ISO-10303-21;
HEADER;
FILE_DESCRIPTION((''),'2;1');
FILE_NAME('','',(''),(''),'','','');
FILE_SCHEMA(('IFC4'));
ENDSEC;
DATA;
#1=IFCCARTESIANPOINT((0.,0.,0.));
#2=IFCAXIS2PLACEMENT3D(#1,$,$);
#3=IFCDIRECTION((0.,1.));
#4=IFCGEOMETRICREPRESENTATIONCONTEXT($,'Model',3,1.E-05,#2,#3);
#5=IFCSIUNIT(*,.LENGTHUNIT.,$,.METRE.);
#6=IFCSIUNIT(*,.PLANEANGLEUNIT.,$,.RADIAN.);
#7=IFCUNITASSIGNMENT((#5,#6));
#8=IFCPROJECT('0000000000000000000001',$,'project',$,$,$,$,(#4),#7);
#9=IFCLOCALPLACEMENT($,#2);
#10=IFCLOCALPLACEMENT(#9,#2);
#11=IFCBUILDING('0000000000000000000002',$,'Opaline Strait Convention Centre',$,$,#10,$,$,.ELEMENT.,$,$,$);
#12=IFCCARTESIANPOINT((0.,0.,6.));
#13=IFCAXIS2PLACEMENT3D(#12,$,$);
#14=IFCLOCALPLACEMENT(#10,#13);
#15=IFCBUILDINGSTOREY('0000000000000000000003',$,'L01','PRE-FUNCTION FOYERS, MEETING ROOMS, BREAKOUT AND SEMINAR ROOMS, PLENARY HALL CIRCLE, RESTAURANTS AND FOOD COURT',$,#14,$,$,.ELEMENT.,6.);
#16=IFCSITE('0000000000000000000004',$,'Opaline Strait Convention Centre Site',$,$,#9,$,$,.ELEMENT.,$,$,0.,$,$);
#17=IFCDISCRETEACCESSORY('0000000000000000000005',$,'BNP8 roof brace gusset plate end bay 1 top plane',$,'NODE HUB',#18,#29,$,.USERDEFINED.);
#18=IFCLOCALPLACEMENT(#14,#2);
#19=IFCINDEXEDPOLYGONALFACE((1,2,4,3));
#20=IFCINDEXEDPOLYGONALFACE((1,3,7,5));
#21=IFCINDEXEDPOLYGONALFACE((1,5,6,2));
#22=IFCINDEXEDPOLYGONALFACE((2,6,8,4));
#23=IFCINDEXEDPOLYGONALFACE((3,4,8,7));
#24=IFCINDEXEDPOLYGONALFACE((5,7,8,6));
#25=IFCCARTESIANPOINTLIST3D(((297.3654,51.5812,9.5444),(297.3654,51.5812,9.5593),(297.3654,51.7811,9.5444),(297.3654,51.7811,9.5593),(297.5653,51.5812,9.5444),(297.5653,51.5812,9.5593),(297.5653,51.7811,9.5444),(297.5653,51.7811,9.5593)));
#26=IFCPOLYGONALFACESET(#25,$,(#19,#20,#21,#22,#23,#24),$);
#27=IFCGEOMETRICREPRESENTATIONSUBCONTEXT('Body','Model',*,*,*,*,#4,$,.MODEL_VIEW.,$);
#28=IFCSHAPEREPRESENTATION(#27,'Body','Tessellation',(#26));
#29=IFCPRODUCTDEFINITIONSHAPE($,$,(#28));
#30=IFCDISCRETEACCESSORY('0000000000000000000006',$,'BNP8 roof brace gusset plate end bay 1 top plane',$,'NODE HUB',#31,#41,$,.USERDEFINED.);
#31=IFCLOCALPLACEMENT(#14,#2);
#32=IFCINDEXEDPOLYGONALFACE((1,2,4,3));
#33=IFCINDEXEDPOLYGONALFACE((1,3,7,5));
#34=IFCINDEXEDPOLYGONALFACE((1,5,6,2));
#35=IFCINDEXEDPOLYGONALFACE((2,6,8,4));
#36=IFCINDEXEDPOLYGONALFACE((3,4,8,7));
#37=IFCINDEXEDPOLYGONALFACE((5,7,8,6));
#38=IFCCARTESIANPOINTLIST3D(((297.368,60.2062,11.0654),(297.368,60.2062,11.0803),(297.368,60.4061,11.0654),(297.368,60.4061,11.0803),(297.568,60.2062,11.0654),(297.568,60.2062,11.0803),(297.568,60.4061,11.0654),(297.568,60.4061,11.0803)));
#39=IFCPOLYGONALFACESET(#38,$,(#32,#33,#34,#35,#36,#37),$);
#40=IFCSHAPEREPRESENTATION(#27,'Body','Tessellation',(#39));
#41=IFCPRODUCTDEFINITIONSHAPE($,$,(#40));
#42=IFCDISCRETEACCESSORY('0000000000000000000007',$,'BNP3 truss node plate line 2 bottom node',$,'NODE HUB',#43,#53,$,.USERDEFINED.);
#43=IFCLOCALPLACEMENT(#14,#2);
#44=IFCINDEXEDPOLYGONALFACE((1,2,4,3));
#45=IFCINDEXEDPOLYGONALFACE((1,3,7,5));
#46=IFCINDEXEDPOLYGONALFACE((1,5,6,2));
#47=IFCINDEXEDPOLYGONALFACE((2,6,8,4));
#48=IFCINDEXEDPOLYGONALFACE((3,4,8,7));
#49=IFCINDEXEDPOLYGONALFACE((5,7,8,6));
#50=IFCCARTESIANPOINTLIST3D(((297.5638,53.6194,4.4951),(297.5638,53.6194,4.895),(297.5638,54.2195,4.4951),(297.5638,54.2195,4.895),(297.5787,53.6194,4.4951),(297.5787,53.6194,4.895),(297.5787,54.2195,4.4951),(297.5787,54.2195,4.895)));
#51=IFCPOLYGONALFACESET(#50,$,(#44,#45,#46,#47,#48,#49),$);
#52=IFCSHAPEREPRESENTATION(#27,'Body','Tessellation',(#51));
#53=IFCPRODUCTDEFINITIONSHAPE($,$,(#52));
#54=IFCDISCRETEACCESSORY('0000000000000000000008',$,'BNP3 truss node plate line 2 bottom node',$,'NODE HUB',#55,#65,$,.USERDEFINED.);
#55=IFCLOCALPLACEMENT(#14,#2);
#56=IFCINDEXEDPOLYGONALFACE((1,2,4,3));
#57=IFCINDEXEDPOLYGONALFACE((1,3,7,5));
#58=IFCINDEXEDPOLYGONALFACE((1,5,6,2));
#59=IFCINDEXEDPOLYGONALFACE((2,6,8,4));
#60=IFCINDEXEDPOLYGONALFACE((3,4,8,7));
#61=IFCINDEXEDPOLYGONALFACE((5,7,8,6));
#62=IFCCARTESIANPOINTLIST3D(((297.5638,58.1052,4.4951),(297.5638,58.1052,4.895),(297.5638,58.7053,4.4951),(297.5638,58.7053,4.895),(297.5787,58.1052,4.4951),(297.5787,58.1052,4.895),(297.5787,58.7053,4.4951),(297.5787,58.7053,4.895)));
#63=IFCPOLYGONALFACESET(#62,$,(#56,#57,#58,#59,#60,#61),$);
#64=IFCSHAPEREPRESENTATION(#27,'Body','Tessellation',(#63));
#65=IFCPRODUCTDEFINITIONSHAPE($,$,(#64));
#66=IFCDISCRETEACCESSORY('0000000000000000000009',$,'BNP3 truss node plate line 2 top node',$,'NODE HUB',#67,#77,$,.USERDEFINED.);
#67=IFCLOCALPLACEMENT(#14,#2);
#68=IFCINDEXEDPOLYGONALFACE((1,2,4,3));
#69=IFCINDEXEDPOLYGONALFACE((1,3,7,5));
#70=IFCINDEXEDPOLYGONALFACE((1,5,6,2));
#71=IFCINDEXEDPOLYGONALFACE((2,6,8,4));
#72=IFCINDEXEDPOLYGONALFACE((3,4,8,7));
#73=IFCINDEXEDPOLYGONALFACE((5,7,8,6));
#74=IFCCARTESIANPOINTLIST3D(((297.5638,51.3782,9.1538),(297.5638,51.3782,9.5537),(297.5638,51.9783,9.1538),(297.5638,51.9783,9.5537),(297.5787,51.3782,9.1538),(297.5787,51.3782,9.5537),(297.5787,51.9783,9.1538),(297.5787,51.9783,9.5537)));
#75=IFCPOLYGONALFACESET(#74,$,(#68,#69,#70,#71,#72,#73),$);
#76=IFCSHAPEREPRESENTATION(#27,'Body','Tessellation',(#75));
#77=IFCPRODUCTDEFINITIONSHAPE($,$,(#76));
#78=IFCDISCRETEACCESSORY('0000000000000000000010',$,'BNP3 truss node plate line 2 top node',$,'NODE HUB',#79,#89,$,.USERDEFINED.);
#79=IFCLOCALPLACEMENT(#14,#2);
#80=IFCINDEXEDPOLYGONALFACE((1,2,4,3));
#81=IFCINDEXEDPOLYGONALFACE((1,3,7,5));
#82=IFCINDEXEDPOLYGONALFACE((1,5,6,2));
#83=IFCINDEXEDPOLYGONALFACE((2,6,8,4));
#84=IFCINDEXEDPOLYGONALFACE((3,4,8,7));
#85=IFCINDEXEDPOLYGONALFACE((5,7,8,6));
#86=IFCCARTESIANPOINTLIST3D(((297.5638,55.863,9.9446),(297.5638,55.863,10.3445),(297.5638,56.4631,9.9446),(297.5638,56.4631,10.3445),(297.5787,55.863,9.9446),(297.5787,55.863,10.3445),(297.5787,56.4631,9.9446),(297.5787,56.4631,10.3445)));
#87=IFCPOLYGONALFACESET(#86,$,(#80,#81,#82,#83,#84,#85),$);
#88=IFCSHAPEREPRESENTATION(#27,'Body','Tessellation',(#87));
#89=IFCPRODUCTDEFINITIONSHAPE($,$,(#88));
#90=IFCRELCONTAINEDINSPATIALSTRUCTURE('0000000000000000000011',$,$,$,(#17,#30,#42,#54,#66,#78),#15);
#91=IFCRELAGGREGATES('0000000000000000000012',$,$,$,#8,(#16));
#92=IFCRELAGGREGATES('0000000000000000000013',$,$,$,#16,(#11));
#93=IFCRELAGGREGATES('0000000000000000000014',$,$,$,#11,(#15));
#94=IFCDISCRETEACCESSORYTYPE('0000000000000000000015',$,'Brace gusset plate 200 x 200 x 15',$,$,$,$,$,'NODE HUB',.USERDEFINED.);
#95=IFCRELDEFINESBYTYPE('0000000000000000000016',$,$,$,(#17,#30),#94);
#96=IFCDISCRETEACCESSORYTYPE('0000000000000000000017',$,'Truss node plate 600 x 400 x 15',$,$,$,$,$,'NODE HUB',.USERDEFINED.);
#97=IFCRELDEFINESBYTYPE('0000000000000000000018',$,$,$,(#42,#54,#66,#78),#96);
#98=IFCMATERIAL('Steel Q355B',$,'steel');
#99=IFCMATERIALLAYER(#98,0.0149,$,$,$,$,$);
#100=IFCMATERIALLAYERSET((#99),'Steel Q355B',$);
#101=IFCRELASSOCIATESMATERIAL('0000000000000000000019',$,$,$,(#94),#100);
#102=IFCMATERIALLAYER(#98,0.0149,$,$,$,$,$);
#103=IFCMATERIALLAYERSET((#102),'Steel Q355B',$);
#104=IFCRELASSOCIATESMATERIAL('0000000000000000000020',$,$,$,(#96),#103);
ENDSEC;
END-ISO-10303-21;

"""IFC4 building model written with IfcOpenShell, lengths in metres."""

from ifc_helpers import new_model, si_unit, direction, frame, origin, origin_2d, place, context, subcontext, project, spatial, rectangle, extrude, material, layer, layer_set, type_object, element, save


model = new_model("IFC4")

# Units and contexts
model_context = context("Model", 3, precision=1e-05, world=origin(), true_north=direction((0.0, 1.0)))
body_context = subcontext(model_context, "Body", "Model", "MODEL_VIEW")
ifc_project = project(units=[si_unit("LENGTHUNIT", "METRE"), si_unit("PLANEANGLEUNIT", "RADIAN")], contexts=[model_context])

# Site, building, storey
site_placement = place(None, origin())
site = spatial("IfcSite", under=ifc_project, at=site_placement, Name="Opaline Strait Convention Centre Site", CompositionType="ELEMENT", RefElevation=0.0)
building_placement = place(site_placement, origin())
building = spatial("IfcBuilding", under=site, at=building_placement, Name="Opaline Strait Convention Centre", CompositionType="ELEMENT")
storey_placement = place(building_placement, frame((0.0, 0.0, 6.0)))
storey = spatial("IfcBuildingStorey", under=building, at=storey_placement, Name="L01", Description="PRE-FUNCTION FOYERS, MEETING ROOMS, BREAKOUT AND SEMINAR ROOMS, PLENARY HALL CIRCLE, RESTAURANTS AND FOOD COURT", CompositionType="ELEMENT", Elevation=6.0)

# Shared definitions
ifc_material_1 = material(Name="Steel Q355B", Category="steel")

# Discrete accessories
ifc_layer_1 = layer(ifc_material_1, 0.0149)
ifc_layer_set_1 = layer_set([ifc_layer_1], Name="Steel Q355B")
discrete_accessory_type_1 = type_object("IfcDiscreteAccessoryType", Name="Brace gusset plate 200 x 200 x 15", ElementType="NODE HUB", PredefinedType="USERDEFINED", material=ifc_layer_set_1)
for number, where, z_axis, x_axis, name in (
    (1, (297.4653, 51.6812, 9.5444), (0.0, 0.0, 1.0), (1.0, 0.0, 0.0), "BNP8 roof brace gusset plate end bay 1 top plane"),
    (2, (297.468, 60.3062, 11.0654), (0.0, 0.0, 1.0), (1.0, 0.0, 0.0), "BNP8 roof brace gusset plate end bay 1 top plane"),
):
    element("IfcDiscreteAccessory", number, at=place(storey_placement, frame(where, z_axis=z_axis, x_axis=x_axis)), inside=storey, type_object=discrete_accessory_type_1, Name=name, ObjectType="NODE HUB", PredefinedType="USERDEFINED", context=body_context, shape_type="SweptSolid", body=[
        extrude(rectangle(XDim=0.2, YDim=0.2, at=origin_2d()), origin(), (0.0, 0.0, 1.0), 0.0149),
    ])
ifc_layer_2 = layer(ifc_material_1, 0.0149)
ifc_layer_set_2 = layer_set([ifc_layer_2], Name="Steel Q355B")
discrete_accessory_type_2 = type_object("IfcDiscreteAccessoryType", Name="Truss node plate 600 x 400 x 15", ElementType="NODE HUB", PredefinedType="USERDEFINED", material=ifc_layer_set_2)
for number, where, z_axis, x_axis, name in (
    (3, (297.5713, 53.9194, 4.4951), (0.0, 0.0, 1.0), (1.0, 0.0, 0.0), "BNP3 truss node plate line 2 bottom node"),
    (4, (297.5713, 58.4053, 4.4951), (0.0, 0.0, 1.0), (1.0, 0.0, 0.0), "BNP3 truss node plate line 2 bottom node"),
    (5, (297.5713, 51.6782, 9.1538), (0.0, 0.0, 1.0), (1.0, 0.0, 0.0), "BNP3 truss node plate line 2 top node"),
    (6, (297.5713, 56.1631, 9.9446), (0.0, 0.0, 1.0), (1.0, 0.0, 0.0), "BNP3 truss node plate line 2 top node"),
):
    element("IfcDiscreteAccessory", number, at=place(storey_placement, frame(where, z_axis=z_axis, x_axis=x_axis)), inside=storey, type_object=discrete_accessory_type_2, Name=name, ObjectType="NODE HUB", PredefinedType="USERDEFINED", context=body_context, shape_type="SweptSolid", body=[
        extrude(rectangle(XDim=0.0149, YDim=0.6001, at=origin_2d()), origin(), (0.0, 0.0, 1.0), 0.3999),
    ])

save(model, "model.ifc")
